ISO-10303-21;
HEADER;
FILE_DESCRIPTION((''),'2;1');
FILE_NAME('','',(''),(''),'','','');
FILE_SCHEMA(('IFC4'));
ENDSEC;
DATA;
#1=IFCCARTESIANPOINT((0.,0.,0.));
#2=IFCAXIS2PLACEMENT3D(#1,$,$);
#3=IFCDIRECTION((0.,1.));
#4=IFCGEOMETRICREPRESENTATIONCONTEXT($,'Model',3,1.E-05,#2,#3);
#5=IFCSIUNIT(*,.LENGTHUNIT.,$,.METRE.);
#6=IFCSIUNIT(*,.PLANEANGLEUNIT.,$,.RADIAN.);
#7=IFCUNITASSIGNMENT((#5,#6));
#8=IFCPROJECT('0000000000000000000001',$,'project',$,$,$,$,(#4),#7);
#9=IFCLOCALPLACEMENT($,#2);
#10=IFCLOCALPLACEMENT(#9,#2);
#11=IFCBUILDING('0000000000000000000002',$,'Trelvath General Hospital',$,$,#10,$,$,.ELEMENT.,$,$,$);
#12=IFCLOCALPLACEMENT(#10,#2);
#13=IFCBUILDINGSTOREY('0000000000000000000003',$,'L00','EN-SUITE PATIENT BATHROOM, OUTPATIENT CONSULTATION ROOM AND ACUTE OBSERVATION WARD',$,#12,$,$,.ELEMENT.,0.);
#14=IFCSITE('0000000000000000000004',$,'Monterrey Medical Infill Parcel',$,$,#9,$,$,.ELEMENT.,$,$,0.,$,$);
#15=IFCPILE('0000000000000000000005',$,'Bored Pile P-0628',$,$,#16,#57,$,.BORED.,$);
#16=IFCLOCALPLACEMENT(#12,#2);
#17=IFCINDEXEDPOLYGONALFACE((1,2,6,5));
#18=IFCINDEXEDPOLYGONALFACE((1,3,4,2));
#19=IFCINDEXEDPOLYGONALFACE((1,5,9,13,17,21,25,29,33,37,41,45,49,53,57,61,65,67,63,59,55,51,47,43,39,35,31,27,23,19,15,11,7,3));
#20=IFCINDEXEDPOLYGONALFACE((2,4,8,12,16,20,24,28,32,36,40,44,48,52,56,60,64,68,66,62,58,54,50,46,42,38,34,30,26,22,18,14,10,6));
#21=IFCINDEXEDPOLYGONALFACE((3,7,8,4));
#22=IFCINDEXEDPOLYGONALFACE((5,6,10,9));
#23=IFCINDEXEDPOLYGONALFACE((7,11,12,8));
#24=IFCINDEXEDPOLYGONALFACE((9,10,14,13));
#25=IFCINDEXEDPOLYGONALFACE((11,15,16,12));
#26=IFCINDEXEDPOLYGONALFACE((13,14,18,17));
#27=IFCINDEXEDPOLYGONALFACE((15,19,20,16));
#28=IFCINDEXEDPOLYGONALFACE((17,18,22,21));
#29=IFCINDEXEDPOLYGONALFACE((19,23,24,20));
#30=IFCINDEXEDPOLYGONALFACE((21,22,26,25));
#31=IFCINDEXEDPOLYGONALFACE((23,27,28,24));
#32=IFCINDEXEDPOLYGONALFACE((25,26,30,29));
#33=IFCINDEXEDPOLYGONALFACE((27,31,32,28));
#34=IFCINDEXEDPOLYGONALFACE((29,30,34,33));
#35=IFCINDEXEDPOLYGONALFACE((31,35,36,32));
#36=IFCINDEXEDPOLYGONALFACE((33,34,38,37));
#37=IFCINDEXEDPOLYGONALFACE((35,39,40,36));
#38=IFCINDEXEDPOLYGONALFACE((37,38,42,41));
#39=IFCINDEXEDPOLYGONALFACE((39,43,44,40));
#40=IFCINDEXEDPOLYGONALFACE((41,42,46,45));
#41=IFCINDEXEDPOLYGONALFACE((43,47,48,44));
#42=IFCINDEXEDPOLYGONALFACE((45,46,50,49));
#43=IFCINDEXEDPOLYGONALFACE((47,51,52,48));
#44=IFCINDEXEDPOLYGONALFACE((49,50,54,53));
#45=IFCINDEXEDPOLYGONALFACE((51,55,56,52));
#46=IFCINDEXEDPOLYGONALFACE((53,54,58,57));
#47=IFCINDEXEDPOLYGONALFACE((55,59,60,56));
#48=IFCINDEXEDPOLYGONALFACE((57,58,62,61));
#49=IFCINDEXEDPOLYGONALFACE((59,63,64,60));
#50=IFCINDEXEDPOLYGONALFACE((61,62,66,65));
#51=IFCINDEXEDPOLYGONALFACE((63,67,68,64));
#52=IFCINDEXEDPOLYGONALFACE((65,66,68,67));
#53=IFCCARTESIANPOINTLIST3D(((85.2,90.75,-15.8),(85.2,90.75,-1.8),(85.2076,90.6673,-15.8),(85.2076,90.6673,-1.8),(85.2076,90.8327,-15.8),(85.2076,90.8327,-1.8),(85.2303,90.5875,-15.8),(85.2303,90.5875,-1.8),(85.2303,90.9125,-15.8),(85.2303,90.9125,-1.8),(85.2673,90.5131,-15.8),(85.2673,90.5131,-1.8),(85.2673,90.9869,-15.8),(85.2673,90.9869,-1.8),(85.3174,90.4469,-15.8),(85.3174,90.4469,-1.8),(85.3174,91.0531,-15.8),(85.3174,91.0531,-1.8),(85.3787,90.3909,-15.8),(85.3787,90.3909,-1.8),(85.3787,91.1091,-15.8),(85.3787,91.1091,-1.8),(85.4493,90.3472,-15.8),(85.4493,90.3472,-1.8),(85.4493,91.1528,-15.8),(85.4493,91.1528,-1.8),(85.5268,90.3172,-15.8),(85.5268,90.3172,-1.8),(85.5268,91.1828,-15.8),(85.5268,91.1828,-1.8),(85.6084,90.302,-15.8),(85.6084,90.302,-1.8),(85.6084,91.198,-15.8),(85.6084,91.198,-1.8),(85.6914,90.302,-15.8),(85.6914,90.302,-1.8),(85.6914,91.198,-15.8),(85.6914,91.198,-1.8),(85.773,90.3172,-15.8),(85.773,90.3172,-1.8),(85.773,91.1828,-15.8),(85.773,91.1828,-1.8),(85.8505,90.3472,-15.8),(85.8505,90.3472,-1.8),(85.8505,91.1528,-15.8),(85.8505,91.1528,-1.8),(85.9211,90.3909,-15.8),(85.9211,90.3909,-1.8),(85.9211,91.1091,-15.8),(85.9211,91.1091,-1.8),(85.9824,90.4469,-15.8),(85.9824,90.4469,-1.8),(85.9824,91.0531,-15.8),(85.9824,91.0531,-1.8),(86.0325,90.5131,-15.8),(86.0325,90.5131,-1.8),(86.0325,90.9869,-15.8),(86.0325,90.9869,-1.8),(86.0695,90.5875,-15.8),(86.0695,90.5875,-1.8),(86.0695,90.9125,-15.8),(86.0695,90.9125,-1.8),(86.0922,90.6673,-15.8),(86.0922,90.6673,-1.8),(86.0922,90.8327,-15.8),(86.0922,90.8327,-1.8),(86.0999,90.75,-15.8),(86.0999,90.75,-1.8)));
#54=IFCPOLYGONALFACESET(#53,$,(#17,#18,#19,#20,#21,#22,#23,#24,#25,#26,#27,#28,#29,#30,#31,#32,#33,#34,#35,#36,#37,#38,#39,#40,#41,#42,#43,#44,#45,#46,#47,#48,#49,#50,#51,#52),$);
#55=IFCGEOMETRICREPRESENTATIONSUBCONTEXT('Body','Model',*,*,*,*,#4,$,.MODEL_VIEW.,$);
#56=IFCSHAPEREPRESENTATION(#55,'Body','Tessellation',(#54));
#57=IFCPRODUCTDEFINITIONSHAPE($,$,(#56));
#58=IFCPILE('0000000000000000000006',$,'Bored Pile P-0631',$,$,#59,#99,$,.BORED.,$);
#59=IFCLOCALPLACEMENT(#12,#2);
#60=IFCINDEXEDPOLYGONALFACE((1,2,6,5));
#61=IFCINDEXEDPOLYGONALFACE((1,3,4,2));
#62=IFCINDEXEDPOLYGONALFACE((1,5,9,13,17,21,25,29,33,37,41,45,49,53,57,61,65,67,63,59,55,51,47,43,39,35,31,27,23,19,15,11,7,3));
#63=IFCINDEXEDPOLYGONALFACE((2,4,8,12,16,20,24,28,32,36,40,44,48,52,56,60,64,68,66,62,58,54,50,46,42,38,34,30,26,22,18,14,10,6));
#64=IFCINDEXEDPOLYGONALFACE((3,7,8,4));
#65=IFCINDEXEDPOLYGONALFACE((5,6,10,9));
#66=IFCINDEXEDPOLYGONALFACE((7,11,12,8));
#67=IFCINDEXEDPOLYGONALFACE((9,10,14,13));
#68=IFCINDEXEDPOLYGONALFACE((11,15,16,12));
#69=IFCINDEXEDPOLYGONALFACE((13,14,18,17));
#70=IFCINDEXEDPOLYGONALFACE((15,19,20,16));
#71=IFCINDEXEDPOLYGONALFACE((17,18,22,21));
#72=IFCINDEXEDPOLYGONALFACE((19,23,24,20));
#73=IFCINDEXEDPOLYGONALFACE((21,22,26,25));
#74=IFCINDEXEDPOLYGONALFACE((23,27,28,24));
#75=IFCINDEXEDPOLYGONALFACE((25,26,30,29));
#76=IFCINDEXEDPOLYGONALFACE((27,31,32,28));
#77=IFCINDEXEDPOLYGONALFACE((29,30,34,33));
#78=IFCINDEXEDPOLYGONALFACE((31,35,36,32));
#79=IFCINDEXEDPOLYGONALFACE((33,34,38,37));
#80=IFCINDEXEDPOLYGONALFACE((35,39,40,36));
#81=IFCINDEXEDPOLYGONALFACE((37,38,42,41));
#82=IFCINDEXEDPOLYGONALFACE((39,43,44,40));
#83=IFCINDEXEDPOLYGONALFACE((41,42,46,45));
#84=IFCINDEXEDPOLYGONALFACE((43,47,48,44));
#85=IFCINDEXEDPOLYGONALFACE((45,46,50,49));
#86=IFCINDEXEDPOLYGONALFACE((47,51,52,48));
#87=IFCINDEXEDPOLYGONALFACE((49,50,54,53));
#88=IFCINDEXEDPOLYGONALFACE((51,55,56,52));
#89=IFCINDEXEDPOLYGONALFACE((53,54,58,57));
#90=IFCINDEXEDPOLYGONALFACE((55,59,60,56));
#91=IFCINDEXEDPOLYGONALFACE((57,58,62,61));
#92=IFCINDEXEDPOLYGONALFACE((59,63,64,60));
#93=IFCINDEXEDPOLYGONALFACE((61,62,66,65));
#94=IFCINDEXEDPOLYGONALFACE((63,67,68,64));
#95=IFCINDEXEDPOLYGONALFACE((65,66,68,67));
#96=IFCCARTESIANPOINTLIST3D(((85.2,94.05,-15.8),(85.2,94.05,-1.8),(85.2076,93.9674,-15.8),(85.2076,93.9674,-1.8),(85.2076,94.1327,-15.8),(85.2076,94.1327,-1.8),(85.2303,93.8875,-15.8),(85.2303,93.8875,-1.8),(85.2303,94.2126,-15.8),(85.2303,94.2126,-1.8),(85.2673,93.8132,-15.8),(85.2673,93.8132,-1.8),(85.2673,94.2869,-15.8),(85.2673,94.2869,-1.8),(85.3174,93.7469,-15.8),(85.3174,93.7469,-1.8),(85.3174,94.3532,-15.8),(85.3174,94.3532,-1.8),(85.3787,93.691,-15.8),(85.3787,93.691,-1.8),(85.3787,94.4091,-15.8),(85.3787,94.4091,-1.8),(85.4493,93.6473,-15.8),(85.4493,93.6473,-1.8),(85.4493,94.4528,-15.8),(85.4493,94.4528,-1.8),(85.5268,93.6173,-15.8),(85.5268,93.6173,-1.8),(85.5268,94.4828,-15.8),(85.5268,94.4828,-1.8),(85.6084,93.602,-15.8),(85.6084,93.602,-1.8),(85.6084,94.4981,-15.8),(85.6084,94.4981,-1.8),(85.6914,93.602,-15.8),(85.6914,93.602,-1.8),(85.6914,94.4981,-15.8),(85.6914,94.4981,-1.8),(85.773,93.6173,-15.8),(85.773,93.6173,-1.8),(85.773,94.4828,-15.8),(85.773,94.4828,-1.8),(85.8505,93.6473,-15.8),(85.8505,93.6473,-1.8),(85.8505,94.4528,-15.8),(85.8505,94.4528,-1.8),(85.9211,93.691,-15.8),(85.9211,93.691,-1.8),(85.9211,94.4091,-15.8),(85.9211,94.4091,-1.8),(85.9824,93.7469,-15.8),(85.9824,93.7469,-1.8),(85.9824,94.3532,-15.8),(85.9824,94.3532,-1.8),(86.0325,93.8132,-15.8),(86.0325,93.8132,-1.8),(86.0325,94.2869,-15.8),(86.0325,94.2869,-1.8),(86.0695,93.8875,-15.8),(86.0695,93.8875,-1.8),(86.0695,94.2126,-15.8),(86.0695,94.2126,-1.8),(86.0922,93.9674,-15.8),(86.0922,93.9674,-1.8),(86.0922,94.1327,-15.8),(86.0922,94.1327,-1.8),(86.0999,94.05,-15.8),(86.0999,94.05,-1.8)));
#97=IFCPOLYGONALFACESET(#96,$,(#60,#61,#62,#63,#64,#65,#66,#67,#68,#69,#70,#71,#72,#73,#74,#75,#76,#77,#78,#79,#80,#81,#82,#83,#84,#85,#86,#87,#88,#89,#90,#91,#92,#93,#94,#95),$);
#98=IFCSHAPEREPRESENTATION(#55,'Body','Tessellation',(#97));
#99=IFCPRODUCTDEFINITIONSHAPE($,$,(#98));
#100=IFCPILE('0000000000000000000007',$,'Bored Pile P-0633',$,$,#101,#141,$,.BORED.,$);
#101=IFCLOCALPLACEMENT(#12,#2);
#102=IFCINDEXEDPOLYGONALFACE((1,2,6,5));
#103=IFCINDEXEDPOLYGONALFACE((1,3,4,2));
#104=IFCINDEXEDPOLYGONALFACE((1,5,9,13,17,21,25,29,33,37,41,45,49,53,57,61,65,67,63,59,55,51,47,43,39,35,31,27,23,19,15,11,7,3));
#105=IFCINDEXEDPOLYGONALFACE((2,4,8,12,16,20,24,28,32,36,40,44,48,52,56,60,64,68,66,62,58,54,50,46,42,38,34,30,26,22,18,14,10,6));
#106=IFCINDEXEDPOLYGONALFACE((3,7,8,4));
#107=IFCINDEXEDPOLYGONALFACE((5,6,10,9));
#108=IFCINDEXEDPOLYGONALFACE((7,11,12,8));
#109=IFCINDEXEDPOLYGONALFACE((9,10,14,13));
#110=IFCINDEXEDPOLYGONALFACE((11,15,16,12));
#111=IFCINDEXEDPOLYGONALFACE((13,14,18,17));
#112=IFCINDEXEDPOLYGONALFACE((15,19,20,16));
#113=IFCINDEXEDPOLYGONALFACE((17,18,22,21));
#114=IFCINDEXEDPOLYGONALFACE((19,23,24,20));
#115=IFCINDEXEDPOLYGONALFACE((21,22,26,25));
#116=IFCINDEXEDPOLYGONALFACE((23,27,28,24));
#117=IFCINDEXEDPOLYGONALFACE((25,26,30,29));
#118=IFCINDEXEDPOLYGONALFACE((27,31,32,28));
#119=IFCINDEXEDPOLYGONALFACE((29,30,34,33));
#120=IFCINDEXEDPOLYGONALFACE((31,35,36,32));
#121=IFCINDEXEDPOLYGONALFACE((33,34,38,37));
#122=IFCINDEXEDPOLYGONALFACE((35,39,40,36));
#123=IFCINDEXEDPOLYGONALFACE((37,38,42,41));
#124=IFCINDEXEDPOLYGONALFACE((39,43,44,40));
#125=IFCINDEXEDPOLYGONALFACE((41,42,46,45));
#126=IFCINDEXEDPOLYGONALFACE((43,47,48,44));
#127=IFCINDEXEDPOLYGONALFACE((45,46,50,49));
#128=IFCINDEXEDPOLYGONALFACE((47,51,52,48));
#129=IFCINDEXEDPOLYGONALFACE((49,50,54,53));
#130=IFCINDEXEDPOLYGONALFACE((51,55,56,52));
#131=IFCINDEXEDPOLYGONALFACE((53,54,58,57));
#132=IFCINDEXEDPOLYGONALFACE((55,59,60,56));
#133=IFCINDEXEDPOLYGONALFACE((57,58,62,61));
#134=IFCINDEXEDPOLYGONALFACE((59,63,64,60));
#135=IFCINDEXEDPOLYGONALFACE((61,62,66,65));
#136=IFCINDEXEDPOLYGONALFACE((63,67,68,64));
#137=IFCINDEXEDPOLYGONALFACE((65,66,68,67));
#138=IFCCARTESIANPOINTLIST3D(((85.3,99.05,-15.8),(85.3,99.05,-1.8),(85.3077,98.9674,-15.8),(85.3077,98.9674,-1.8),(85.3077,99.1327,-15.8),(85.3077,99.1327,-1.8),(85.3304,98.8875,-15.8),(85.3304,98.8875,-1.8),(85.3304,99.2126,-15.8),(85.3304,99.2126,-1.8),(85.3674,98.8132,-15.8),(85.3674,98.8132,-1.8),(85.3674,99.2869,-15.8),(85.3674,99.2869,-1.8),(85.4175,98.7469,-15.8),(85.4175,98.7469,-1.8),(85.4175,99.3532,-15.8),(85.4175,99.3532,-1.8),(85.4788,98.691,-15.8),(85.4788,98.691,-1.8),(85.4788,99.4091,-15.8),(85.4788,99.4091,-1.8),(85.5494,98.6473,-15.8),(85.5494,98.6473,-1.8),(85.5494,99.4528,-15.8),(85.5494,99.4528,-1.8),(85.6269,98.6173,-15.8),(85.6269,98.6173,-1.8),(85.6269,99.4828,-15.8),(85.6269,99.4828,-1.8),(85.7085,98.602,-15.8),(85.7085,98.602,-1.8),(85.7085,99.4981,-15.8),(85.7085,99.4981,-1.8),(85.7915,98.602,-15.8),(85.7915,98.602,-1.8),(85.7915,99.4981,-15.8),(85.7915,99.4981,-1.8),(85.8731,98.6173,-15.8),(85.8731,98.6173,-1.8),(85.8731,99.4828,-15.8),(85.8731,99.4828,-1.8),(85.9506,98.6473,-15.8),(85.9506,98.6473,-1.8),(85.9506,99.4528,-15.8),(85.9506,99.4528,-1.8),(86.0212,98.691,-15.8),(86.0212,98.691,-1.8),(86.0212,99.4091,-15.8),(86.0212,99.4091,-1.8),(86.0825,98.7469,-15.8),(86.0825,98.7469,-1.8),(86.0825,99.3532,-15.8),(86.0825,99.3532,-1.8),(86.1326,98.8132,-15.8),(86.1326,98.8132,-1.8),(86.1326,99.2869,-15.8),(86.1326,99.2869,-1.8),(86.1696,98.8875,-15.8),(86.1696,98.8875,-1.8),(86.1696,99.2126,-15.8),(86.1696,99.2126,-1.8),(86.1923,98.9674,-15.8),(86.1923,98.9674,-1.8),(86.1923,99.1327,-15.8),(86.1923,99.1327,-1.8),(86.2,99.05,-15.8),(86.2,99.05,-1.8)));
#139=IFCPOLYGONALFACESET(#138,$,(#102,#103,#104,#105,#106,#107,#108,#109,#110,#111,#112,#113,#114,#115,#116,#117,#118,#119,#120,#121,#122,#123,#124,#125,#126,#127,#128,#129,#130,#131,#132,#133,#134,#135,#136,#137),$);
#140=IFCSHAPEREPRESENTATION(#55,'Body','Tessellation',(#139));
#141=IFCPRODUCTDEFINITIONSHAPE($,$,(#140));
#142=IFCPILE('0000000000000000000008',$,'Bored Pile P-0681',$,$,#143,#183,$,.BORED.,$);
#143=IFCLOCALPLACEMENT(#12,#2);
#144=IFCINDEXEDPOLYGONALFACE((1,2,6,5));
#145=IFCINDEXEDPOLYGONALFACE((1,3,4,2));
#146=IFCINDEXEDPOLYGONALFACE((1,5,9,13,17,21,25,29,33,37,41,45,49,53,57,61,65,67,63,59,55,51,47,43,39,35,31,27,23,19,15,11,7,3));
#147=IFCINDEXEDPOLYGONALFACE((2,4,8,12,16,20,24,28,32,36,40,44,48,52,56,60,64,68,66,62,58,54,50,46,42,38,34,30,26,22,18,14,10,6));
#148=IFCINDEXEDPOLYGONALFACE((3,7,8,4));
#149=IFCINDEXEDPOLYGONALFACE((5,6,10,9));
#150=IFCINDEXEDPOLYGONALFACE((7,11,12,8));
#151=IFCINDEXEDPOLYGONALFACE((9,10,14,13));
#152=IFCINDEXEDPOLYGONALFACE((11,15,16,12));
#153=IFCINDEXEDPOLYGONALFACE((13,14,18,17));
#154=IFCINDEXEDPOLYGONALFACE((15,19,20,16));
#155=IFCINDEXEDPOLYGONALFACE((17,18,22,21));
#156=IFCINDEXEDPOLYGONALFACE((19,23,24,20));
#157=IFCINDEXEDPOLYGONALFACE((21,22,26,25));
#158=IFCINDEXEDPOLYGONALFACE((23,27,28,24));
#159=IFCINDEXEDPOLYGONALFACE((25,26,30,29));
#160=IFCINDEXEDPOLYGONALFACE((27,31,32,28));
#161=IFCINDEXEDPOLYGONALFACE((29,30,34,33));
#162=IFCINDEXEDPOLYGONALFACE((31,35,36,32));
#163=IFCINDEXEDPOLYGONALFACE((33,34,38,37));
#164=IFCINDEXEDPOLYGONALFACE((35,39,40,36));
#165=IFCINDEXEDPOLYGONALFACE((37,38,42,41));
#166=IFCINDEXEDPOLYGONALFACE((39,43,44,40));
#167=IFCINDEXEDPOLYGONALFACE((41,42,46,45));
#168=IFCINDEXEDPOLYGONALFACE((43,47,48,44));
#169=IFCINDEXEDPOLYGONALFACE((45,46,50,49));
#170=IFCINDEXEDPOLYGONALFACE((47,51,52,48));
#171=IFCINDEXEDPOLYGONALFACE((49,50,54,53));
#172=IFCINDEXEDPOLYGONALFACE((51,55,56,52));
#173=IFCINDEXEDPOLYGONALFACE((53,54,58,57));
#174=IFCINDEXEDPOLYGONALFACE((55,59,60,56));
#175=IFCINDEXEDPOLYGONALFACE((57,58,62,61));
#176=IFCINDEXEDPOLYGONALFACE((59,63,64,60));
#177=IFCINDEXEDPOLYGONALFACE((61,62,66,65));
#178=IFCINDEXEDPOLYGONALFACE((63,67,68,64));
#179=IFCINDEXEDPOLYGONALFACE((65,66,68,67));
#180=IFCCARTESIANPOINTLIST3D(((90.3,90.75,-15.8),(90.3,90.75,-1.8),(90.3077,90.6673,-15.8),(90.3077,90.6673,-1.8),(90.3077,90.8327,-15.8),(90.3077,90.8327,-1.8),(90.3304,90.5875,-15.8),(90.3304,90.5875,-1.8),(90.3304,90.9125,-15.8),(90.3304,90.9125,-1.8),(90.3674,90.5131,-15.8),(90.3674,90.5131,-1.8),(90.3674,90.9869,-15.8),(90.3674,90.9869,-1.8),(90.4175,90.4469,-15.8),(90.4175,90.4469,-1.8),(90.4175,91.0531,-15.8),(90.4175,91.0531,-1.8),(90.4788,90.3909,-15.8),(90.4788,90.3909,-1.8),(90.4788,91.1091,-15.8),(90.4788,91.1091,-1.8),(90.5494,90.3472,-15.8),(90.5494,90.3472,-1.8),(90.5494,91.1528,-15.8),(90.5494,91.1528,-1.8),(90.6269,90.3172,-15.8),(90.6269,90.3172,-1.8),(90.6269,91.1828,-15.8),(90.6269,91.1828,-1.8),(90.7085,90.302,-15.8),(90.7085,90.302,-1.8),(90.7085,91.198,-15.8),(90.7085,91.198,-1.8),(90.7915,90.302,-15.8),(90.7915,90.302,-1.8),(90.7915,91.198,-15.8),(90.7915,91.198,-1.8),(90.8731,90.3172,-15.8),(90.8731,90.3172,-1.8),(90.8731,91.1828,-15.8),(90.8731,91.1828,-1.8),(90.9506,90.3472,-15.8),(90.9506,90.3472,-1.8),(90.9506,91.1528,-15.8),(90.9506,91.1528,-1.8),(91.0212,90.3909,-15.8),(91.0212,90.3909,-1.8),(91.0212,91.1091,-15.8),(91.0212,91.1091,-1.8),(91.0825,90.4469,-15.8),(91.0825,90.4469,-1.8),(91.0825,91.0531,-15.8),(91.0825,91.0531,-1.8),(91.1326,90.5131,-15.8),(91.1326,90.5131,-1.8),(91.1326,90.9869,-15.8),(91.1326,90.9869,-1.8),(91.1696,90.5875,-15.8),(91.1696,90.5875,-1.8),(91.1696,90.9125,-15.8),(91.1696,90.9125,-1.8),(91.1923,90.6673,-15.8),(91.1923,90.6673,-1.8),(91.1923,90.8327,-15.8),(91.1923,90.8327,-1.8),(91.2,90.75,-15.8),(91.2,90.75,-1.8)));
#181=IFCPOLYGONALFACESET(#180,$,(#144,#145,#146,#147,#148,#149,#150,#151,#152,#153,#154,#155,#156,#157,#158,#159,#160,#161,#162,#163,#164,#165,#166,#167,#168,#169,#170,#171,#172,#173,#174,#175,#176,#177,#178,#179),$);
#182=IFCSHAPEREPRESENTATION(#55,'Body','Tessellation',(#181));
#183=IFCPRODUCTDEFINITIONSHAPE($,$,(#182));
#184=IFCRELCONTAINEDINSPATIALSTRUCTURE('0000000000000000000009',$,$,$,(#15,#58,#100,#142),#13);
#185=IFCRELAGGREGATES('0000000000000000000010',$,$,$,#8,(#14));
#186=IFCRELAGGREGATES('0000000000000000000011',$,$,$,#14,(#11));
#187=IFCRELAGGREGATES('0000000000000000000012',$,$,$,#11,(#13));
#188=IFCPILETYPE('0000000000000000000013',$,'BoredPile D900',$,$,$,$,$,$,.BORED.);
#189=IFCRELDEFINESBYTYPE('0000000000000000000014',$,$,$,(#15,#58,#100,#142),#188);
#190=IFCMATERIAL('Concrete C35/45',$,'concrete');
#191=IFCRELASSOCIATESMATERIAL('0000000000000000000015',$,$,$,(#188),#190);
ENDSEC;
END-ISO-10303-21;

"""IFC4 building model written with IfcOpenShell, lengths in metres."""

from ifc_helpers import new_model, si_unit, direction, frame, origin, origin_2d, place, context, subcontext, project, spatial, circle, extrude, material, material_profile, profile_set, type_object, element, save


model = new_model("IFC4")

# Units and contexts
model_context = context("Model", 3, precision=1e-05, world=origin(), true_north=direction((0.0, 1.0)))
body_context = subcontext(model_context, "Body", "Model", "MODEL_VIEW")
ifc_project = project(units=[si_unit("LENGTHUNIT", "METRE"), si_unit("PLANEANGLEUNIT", "RADIAN")], contexts=[model_context])

# Site, building, storey
site_placement = place(None, origin())
site = spatial("IfcSite", under=ifc_project, at=site_placement, Name="Monterrey Medical Infill Parcel", CompositionType="ELEMENT", RefElevation=0.0)
building_placement = place(site_placement, origin())
building = spatial("IfcBuilding", under=site, at=building_placement, Name="Trelvath General Hospital", CompositionType="ELEMENT")
storey_placement = place(building_placement, origin())
storey = spatial("IfcBuildingStorey", under=building, at=storey_placement, Name="L00", Description="EN-SUITE PATIENT BATHROOM, OUTPATIENT CONSULTATION ROOM AND ACUTE OBSERVATION WARD", CompositionType="ELEMENT", Elevation=0.0)

# Piles
ifc_material_1 = material(Name="Concrete C35/45", Category="concrete")
ifc_material_profile_1 = material_profile(ifc_material_1, circle(Radius=0.45, at=origin_2d()), Name="PILE900")
ifc_profile_set_1 = profile_set([ifc_material_profile_1], Name="Concrete C35/45")
pile_type = type_object("IfcPileType", Name="BoredPile D900", PredefinedType="BORED", material=ifc_profile_set_1)
for number, where, z_axis, x_axis, name in (
    (1, (85.6499, 90.75, -1.8), (0.0, 0.0, -1.0), (1.0, 0.0, 0.0), "Bored Pile P-0628"),
    (2, (85.6499, 94.05, -1.8), (0.0, 0.0, -1.0), (1.0, 0.0, 0.0), "Bored Pile P-0631"),
    (3, (85.75, 99.05, -1.8), (0.0, 0.0, -1.0), (1.0, 0.0, 0.0), "Bored Pile P-0633"),
    (4, (90.75, 90.75, -1.8), (0.0, 0.0, -1.0), (1.0, 0.0, 0.0), "Bored Pile P-0681"),
):
    element("IfcPile", number, at=place(storey_placement, frame(where, z_axis=z_axis, x_axis=x_axis)), inside=storey, type_object=pile_type, Name=name, PredefinedType="BORED", context=body_context, shape_type="SweptSolid", body=[
        extrude(circle(Radius=0.45, at=origin_2d()), origin(), (0.0, 0.0, 1.0), 14.0),
    ])

save(model, "model.ifc")
